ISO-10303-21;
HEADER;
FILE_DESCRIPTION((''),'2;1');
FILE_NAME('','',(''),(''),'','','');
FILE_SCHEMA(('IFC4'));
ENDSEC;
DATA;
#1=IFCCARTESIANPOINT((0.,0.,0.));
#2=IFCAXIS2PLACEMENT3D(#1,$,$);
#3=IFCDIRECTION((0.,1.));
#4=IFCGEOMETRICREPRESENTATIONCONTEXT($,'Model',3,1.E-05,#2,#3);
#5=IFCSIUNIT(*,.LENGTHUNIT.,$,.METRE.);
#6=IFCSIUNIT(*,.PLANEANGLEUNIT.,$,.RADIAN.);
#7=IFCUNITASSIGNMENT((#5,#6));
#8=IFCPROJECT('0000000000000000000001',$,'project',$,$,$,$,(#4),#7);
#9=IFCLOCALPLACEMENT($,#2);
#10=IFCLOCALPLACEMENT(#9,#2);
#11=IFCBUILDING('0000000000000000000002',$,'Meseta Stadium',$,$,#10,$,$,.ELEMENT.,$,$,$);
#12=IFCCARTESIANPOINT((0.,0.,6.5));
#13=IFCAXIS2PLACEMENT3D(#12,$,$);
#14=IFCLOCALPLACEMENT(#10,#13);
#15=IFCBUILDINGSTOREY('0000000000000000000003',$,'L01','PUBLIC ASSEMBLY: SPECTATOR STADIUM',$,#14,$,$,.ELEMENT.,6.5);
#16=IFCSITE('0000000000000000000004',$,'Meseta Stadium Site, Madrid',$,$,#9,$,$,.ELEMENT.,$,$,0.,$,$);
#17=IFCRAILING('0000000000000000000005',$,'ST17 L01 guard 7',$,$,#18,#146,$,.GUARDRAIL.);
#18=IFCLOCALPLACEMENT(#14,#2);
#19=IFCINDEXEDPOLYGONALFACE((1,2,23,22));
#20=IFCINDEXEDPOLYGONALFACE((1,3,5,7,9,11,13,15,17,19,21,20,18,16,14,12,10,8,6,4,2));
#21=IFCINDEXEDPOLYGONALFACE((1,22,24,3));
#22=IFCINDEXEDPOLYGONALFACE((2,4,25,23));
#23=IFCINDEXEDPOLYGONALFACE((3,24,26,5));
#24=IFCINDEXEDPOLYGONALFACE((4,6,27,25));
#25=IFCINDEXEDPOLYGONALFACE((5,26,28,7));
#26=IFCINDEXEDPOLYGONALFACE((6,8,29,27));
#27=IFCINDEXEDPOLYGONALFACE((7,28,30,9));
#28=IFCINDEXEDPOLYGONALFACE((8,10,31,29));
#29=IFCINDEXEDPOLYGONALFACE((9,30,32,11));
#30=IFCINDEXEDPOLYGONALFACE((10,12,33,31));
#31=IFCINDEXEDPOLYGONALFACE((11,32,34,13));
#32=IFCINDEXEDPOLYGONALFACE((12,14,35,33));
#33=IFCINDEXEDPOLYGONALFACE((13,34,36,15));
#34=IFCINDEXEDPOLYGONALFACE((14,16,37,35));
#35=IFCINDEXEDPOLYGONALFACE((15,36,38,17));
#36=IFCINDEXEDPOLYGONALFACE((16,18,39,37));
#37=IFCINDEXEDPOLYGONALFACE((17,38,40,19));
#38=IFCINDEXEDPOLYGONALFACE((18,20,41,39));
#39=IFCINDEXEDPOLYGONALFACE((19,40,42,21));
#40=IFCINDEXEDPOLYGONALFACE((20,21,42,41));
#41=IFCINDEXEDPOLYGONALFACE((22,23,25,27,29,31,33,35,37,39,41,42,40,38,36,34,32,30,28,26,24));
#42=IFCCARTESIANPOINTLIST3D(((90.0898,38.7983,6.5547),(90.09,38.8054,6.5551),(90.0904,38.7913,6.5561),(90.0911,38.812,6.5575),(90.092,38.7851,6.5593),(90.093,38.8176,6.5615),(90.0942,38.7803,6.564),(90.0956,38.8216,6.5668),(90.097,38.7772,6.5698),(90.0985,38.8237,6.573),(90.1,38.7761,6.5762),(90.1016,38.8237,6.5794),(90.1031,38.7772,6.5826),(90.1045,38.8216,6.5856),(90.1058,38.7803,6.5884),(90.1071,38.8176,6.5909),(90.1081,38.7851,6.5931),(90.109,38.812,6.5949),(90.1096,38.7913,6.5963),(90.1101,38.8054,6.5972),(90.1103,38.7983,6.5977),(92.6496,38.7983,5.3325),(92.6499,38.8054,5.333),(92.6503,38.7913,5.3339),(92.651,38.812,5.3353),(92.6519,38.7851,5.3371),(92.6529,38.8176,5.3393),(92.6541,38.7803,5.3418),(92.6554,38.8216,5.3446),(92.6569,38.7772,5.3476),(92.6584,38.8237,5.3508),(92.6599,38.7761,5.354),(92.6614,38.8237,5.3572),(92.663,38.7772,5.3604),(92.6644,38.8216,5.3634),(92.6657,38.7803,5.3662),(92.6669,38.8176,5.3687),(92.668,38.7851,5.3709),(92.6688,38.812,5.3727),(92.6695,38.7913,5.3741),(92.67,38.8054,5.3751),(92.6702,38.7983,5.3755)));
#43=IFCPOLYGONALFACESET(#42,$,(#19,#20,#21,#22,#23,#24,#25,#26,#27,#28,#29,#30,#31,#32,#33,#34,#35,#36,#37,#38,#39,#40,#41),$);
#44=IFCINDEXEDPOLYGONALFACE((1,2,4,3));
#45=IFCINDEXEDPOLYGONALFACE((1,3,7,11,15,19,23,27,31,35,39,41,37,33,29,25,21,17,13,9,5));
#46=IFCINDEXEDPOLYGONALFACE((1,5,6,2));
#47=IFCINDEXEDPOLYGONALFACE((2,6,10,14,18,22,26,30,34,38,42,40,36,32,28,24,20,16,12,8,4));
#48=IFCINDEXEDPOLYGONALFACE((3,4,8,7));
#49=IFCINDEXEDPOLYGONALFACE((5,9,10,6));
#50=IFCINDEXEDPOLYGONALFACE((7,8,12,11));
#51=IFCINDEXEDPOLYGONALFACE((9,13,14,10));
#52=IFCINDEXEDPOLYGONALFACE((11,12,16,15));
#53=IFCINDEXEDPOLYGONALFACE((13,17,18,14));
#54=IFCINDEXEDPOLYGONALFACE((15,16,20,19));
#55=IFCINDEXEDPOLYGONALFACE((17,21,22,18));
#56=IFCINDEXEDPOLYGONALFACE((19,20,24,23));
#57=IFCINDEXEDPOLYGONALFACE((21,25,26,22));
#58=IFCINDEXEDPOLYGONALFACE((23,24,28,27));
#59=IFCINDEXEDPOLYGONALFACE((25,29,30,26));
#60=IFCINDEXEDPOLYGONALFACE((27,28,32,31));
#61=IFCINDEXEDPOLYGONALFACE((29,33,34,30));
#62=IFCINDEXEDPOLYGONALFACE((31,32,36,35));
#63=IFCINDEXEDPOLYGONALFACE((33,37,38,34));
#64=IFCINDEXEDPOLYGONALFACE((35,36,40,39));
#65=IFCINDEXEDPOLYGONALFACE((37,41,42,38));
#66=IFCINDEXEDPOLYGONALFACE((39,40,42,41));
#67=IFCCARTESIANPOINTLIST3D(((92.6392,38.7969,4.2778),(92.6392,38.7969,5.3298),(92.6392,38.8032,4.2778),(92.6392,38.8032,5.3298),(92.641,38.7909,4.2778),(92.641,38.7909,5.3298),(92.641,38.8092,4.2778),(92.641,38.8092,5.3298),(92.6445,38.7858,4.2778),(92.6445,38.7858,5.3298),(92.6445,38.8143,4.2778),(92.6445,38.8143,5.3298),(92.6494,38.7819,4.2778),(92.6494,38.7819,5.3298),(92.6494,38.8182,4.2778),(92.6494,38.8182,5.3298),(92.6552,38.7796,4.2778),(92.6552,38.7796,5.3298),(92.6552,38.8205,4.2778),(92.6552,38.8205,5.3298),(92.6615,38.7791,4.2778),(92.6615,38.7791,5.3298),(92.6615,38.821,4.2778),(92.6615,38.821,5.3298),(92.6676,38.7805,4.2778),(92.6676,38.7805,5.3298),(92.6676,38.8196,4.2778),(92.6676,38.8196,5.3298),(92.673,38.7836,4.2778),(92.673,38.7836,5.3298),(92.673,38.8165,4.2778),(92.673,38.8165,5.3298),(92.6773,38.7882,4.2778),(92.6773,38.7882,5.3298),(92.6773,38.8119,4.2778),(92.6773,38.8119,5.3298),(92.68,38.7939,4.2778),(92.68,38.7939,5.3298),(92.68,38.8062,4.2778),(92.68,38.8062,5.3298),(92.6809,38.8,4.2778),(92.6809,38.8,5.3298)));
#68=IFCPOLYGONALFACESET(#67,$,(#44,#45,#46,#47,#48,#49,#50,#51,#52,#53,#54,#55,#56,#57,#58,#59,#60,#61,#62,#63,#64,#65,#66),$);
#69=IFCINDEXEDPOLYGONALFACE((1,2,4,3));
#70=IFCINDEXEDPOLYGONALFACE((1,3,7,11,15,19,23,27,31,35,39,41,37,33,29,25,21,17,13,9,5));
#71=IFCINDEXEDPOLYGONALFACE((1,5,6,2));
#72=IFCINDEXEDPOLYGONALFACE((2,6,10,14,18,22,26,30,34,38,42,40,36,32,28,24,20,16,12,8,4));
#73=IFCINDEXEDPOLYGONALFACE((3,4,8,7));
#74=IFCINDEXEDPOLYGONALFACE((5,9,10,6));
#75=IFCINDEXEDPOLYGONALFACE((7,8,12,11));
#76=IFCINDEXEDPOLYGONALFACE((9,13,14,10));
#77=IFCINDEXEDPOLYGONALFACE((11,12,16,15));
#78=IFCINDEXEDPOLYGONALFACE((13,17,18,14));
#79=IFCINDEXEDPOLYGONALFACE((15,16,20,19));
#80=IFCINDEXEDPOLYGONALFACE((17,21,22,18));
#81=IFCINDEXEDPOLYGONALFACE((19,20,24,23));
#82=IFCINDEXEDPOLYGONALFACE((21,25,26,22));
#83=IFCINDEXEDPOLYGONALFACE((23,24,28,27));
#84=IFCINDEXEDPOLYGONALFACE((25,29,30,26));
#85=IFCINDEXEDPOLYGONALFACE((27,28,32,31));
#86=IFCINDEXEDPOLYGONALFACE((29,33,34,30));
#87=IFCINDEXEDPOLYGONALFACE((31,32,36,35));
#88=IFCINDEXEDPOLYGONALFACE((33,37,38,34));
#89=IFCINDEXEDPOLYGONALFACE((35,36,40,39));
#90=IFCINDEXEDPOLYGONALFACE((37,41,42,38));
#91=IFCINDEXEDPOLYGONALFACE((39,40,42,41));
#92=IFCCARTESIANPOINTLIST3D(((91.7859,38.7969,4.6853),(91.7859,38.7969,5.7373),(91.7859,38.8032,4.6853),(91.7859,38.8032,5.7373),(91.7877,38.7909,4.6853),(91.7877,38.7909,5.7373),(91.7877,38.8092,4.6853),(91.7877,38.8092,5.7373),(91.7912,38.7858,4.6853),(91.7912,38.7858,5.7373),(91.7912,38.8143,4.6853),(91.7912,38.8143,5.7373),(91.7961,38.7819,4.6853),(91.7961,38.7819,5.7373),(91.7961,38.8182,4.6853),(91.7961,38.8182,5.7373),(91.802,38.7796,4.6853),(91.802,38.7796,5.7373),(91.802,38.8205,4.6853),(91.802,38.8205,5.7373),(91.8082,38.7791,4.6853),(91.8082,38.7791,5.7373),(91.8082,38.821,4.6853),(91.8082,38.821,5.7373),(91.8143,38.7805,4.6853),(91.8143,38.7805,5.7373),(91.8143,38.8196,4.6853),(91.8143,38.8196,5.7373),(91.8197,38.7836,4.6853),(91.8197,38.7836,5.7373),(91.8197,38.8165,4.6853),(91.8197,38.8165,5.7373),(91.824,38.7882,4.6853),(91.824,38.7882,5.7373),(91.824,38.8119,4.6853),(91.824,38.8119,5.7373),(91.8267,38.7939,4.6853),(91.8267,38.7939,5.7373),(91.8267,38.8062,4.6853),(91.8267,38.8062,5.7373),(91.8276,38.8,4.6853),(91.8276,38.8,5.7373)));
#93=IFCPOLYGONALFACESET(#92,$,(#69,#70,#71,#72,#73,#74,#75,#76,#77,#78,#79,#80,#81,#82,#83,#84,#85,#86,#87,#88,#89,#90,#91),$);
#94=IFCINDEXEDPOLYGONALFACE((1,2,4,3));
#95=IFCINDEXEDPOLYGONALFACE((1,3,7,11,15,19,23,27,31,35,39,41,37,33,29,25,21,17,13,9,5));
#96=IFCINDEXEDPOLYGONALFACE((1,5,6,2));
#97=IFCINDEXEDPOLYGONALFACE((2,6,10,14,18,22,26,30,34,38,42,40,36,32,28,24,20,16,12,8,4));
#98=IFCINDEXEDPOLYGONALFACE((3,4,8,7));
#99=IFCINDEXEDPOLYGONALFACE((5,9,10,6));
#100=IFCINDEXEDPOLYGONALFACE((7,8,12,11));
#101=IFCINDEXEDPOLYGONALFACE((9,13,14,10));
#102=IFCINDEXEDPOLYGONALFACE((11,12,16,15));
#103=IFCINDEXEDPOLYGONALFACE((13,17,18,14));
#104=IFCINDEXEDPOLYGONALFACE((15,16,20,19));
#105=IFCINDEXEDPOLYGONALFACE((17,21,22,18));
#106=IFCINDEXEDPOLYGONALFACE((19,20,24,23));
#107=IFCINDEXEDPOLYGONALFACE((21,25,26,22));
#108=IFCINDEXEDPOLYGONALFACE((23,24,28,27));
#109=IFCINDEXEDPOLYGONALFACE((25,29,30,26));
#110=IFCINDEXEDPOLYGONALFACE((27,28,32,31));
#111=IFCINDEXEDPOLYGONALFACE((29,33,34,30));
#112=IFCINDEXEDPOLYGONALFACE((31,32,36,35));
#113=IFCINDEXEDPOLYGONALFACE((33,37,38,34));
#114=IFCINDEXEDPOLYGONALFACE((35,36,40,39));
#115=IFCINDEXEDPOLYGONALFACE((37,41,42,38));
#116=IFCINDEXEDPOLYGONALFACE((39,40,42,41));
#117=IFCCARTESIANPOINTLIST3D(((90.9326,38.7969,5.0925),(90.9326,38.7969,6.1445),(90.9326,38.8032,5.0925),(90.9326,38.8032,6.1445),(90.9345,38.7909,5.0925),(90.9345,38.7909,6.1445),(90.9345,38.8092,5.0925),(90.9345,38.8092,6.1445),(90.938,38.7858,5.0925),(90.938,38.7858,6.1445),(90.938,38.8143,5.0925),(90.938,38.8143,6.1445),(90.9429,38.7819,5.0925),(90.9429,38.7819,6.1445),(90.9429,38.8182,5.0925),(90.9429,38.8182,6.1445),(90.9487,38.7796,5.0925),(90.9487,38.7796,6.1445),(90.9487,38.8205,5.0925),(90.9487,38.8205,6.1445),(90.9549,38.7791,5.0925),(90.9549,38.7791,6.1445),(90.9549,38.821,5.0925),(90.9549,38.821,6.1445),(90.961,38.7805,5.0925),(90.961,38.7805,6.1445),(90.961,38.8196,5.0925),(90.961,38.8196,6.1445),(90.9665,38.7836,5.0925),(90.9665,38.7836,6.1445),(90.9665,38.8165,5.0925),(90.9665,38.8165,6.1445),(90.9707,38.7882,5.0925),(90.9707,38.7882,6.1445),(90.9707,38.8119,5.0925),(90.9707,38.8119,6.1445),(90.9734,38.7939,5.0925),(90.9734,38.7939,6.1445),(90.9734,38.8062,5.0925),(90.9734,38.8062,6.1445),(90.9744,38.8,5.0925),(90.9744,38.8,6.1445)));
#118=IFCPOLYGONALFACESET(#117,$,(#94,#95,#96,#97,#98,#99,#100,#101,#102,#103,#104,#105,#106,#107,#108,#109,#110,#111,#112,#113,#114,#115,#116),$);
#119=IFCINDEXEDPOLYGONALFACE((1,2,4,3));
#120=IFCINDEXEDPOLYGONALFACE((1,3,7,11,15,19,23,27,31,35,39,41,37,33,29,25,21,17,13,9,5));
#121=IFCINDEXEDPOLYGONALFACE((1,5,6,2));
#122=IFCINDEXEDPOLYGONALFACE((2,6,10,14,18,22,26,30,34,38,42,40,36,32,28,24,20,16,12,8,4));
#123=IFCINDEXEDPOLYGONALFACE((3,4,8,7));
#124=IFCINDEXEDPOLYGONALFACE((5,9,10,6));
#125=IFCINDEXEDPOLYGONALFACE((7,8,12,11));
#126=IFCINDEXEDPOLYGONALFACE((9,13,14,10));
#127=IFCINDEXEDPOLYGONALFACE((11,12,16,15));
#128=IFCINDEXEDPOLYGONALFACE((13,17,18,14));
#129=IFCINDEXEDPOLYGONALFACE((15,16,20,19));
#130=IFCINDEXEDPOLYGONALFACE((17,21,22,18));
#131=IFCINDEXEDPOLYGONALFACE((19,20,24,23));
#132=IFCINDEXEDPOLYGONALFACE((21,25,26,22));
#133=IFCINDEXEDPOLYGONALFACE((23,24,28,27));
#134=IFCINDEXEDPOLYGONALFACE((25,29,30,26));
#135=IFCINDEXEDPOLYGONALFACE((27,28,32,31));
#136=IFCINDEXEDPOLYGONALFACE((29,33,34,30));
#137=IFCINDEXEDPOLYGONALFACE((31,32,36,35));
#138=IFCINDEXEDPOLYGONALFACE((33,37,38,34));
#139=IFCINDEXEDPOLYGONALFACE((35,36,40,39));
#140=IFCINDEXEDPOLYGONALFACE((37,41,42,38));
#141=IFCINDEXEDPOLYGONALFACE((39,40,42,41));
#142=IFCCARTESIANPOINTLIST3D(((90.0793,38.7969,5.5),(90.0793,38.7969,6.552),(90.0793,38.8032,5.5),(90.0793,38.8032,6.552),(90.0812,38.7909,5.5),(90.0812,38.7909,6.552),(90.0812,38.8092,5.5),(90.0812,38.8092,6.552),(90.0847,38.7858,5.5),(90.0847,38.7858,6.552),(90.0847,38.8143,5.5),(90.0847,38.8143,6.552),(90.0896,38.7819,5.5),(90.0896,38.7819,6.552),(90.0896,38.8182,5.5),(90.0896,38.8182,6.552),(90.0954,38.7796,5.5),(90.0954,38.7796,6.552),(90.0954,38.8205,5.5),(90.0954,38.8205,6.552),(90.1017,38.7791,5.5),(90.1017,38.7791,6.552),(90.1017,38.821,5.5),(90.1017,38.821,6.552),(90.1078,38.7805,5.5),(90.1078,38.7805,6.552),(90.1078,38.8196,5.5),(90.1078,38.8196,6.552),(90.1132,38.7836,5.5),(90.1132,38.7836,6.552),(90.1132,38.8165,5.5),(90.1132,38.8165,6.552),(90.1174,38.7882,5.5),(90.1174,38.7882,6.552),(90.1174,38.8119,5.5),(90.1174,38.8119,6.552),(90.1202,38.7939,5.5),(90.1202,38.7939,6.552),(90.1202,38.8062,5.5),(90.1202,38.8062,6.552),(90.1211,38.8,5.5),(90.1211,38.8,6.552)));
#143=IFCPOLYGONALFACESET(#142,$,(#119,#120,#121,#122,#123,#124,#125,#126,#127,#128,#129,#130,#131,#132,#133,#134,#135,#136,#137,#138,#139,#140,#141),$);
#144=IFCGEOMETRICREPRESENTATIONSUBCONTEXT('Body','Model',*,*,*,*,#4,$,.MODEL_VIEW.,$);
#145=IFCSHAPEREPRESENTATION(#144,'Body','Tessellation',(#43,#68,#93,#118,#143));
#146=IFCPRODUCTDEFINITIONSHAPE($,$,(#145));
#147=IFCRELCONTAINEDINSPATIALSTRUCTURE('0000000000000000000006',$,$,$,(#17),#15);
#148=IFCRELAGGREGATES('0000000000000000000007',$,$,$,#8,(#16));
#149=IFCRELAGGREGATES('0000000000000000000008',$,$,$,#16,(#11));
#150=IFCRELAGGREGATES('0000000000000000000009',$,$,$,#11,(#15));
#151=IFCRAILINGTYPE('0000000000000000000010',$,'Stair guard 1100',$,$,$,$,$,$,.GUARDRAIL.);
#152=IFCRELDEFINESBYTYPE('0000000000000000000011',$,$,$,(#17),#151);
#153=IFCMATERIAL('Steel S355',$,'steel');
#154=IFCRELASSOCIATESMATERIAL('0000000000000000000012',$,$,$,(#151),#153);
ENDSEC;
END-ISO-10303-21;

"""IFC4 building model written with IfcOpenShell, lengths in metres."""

from ifc_helpers import new_model, si_unit, direction, frame, origin, origin_2d, place, context, subcontext, project, spatial, circle, extrude, material, type_object, element, save


model = new_model("IFC4")

# Units and contexts
model_context = context("Model", 3, precision=1e-05, world=origin(), true_north=direction((0.0, 1.0)))
body_context = subcontext(model_context, "Body", "Model", "MODEL_VIEW")
ifc_project = project(units=[si_unit("LENGTHUNIT", "METRE"), si_unit("PLANEANGLEUNIT", "RADIAN")], contexts=[model_context])

# Site, building, storey
site_placement = place(None, origin())
site = spatial("IfcSite", under=ifc_project, at=site_placement, Name="Meseta Stadium Site, Madrid", CompositionType="ELEMENT", RefElevation=0.0)
building_placement = place(site_placement, origin())
building = spatial("IfcBuilding", under=site, at=building_placement, Name="Meseta Stadium", CompositionType="ELEMENT")
storey_placement = place(building_placement, frame((0.0, 0.0, 6.5)))
storey = spatial("IfcBuildingStorey", under=building, at=storey_placement, Name="L01", Description="PUBLIC ASSEMBLY: SPECTATOR STADIUM", CompositionType="ELEMENT", Elevation=6.5)

# Railing
ifc_material_1 = material(Name="Steel S355", Category="steel")
railing_type_1 = type_object("IfcRailingType", Name="Stair guard 1100", PredefinedType="GUARDRAIL", material=ifc_material_1)
railing_1_placement = place(storey_placement, frame((92.6599, 38.8, 4.2778)))
element("IfcRailing", 1, at=railing_1_placement, inside=storey, type_object=railing_type_1, Name="ST17 L01 guard 7", PredefinedType="GUARDRAIL", context=body_context, shape_type="SweptSolid", body=[
    extrude(circle(Radius=0.0239, at=origin_2d()), frame((0.0, 0.0, 1.0762), z_axis=(-0.902421, 0.0, 0.430855), x_axis=(0.0, -1.0, 0.0)), (0.0, 0.0, 1.0), 2.8367),
    extrude(circle(Radius=0.021, at=origin_2d()), origin(), (0.0, 0.0, 1.0), 1.052),
    extrude(circle(Radius=0.021, at=origin_2d()), frame((-0.8533, 0.0, 0.4075)), (0.0, 0.0, 1.0), 1.052),
    extrude(circle(Radius=0.021, at=origin_2d()), frame((-1.7065, 0.0, 0.8147)), (0.0, 0.0, 1.0), 1.052),
    extrude(circle(Radius=0.021, at=origin_2d()), frame((-2.5598, 0.0, 1.2222)), (0.0, 0.0, 1.0), 1.052),
])

save(model, "model.ifc")
